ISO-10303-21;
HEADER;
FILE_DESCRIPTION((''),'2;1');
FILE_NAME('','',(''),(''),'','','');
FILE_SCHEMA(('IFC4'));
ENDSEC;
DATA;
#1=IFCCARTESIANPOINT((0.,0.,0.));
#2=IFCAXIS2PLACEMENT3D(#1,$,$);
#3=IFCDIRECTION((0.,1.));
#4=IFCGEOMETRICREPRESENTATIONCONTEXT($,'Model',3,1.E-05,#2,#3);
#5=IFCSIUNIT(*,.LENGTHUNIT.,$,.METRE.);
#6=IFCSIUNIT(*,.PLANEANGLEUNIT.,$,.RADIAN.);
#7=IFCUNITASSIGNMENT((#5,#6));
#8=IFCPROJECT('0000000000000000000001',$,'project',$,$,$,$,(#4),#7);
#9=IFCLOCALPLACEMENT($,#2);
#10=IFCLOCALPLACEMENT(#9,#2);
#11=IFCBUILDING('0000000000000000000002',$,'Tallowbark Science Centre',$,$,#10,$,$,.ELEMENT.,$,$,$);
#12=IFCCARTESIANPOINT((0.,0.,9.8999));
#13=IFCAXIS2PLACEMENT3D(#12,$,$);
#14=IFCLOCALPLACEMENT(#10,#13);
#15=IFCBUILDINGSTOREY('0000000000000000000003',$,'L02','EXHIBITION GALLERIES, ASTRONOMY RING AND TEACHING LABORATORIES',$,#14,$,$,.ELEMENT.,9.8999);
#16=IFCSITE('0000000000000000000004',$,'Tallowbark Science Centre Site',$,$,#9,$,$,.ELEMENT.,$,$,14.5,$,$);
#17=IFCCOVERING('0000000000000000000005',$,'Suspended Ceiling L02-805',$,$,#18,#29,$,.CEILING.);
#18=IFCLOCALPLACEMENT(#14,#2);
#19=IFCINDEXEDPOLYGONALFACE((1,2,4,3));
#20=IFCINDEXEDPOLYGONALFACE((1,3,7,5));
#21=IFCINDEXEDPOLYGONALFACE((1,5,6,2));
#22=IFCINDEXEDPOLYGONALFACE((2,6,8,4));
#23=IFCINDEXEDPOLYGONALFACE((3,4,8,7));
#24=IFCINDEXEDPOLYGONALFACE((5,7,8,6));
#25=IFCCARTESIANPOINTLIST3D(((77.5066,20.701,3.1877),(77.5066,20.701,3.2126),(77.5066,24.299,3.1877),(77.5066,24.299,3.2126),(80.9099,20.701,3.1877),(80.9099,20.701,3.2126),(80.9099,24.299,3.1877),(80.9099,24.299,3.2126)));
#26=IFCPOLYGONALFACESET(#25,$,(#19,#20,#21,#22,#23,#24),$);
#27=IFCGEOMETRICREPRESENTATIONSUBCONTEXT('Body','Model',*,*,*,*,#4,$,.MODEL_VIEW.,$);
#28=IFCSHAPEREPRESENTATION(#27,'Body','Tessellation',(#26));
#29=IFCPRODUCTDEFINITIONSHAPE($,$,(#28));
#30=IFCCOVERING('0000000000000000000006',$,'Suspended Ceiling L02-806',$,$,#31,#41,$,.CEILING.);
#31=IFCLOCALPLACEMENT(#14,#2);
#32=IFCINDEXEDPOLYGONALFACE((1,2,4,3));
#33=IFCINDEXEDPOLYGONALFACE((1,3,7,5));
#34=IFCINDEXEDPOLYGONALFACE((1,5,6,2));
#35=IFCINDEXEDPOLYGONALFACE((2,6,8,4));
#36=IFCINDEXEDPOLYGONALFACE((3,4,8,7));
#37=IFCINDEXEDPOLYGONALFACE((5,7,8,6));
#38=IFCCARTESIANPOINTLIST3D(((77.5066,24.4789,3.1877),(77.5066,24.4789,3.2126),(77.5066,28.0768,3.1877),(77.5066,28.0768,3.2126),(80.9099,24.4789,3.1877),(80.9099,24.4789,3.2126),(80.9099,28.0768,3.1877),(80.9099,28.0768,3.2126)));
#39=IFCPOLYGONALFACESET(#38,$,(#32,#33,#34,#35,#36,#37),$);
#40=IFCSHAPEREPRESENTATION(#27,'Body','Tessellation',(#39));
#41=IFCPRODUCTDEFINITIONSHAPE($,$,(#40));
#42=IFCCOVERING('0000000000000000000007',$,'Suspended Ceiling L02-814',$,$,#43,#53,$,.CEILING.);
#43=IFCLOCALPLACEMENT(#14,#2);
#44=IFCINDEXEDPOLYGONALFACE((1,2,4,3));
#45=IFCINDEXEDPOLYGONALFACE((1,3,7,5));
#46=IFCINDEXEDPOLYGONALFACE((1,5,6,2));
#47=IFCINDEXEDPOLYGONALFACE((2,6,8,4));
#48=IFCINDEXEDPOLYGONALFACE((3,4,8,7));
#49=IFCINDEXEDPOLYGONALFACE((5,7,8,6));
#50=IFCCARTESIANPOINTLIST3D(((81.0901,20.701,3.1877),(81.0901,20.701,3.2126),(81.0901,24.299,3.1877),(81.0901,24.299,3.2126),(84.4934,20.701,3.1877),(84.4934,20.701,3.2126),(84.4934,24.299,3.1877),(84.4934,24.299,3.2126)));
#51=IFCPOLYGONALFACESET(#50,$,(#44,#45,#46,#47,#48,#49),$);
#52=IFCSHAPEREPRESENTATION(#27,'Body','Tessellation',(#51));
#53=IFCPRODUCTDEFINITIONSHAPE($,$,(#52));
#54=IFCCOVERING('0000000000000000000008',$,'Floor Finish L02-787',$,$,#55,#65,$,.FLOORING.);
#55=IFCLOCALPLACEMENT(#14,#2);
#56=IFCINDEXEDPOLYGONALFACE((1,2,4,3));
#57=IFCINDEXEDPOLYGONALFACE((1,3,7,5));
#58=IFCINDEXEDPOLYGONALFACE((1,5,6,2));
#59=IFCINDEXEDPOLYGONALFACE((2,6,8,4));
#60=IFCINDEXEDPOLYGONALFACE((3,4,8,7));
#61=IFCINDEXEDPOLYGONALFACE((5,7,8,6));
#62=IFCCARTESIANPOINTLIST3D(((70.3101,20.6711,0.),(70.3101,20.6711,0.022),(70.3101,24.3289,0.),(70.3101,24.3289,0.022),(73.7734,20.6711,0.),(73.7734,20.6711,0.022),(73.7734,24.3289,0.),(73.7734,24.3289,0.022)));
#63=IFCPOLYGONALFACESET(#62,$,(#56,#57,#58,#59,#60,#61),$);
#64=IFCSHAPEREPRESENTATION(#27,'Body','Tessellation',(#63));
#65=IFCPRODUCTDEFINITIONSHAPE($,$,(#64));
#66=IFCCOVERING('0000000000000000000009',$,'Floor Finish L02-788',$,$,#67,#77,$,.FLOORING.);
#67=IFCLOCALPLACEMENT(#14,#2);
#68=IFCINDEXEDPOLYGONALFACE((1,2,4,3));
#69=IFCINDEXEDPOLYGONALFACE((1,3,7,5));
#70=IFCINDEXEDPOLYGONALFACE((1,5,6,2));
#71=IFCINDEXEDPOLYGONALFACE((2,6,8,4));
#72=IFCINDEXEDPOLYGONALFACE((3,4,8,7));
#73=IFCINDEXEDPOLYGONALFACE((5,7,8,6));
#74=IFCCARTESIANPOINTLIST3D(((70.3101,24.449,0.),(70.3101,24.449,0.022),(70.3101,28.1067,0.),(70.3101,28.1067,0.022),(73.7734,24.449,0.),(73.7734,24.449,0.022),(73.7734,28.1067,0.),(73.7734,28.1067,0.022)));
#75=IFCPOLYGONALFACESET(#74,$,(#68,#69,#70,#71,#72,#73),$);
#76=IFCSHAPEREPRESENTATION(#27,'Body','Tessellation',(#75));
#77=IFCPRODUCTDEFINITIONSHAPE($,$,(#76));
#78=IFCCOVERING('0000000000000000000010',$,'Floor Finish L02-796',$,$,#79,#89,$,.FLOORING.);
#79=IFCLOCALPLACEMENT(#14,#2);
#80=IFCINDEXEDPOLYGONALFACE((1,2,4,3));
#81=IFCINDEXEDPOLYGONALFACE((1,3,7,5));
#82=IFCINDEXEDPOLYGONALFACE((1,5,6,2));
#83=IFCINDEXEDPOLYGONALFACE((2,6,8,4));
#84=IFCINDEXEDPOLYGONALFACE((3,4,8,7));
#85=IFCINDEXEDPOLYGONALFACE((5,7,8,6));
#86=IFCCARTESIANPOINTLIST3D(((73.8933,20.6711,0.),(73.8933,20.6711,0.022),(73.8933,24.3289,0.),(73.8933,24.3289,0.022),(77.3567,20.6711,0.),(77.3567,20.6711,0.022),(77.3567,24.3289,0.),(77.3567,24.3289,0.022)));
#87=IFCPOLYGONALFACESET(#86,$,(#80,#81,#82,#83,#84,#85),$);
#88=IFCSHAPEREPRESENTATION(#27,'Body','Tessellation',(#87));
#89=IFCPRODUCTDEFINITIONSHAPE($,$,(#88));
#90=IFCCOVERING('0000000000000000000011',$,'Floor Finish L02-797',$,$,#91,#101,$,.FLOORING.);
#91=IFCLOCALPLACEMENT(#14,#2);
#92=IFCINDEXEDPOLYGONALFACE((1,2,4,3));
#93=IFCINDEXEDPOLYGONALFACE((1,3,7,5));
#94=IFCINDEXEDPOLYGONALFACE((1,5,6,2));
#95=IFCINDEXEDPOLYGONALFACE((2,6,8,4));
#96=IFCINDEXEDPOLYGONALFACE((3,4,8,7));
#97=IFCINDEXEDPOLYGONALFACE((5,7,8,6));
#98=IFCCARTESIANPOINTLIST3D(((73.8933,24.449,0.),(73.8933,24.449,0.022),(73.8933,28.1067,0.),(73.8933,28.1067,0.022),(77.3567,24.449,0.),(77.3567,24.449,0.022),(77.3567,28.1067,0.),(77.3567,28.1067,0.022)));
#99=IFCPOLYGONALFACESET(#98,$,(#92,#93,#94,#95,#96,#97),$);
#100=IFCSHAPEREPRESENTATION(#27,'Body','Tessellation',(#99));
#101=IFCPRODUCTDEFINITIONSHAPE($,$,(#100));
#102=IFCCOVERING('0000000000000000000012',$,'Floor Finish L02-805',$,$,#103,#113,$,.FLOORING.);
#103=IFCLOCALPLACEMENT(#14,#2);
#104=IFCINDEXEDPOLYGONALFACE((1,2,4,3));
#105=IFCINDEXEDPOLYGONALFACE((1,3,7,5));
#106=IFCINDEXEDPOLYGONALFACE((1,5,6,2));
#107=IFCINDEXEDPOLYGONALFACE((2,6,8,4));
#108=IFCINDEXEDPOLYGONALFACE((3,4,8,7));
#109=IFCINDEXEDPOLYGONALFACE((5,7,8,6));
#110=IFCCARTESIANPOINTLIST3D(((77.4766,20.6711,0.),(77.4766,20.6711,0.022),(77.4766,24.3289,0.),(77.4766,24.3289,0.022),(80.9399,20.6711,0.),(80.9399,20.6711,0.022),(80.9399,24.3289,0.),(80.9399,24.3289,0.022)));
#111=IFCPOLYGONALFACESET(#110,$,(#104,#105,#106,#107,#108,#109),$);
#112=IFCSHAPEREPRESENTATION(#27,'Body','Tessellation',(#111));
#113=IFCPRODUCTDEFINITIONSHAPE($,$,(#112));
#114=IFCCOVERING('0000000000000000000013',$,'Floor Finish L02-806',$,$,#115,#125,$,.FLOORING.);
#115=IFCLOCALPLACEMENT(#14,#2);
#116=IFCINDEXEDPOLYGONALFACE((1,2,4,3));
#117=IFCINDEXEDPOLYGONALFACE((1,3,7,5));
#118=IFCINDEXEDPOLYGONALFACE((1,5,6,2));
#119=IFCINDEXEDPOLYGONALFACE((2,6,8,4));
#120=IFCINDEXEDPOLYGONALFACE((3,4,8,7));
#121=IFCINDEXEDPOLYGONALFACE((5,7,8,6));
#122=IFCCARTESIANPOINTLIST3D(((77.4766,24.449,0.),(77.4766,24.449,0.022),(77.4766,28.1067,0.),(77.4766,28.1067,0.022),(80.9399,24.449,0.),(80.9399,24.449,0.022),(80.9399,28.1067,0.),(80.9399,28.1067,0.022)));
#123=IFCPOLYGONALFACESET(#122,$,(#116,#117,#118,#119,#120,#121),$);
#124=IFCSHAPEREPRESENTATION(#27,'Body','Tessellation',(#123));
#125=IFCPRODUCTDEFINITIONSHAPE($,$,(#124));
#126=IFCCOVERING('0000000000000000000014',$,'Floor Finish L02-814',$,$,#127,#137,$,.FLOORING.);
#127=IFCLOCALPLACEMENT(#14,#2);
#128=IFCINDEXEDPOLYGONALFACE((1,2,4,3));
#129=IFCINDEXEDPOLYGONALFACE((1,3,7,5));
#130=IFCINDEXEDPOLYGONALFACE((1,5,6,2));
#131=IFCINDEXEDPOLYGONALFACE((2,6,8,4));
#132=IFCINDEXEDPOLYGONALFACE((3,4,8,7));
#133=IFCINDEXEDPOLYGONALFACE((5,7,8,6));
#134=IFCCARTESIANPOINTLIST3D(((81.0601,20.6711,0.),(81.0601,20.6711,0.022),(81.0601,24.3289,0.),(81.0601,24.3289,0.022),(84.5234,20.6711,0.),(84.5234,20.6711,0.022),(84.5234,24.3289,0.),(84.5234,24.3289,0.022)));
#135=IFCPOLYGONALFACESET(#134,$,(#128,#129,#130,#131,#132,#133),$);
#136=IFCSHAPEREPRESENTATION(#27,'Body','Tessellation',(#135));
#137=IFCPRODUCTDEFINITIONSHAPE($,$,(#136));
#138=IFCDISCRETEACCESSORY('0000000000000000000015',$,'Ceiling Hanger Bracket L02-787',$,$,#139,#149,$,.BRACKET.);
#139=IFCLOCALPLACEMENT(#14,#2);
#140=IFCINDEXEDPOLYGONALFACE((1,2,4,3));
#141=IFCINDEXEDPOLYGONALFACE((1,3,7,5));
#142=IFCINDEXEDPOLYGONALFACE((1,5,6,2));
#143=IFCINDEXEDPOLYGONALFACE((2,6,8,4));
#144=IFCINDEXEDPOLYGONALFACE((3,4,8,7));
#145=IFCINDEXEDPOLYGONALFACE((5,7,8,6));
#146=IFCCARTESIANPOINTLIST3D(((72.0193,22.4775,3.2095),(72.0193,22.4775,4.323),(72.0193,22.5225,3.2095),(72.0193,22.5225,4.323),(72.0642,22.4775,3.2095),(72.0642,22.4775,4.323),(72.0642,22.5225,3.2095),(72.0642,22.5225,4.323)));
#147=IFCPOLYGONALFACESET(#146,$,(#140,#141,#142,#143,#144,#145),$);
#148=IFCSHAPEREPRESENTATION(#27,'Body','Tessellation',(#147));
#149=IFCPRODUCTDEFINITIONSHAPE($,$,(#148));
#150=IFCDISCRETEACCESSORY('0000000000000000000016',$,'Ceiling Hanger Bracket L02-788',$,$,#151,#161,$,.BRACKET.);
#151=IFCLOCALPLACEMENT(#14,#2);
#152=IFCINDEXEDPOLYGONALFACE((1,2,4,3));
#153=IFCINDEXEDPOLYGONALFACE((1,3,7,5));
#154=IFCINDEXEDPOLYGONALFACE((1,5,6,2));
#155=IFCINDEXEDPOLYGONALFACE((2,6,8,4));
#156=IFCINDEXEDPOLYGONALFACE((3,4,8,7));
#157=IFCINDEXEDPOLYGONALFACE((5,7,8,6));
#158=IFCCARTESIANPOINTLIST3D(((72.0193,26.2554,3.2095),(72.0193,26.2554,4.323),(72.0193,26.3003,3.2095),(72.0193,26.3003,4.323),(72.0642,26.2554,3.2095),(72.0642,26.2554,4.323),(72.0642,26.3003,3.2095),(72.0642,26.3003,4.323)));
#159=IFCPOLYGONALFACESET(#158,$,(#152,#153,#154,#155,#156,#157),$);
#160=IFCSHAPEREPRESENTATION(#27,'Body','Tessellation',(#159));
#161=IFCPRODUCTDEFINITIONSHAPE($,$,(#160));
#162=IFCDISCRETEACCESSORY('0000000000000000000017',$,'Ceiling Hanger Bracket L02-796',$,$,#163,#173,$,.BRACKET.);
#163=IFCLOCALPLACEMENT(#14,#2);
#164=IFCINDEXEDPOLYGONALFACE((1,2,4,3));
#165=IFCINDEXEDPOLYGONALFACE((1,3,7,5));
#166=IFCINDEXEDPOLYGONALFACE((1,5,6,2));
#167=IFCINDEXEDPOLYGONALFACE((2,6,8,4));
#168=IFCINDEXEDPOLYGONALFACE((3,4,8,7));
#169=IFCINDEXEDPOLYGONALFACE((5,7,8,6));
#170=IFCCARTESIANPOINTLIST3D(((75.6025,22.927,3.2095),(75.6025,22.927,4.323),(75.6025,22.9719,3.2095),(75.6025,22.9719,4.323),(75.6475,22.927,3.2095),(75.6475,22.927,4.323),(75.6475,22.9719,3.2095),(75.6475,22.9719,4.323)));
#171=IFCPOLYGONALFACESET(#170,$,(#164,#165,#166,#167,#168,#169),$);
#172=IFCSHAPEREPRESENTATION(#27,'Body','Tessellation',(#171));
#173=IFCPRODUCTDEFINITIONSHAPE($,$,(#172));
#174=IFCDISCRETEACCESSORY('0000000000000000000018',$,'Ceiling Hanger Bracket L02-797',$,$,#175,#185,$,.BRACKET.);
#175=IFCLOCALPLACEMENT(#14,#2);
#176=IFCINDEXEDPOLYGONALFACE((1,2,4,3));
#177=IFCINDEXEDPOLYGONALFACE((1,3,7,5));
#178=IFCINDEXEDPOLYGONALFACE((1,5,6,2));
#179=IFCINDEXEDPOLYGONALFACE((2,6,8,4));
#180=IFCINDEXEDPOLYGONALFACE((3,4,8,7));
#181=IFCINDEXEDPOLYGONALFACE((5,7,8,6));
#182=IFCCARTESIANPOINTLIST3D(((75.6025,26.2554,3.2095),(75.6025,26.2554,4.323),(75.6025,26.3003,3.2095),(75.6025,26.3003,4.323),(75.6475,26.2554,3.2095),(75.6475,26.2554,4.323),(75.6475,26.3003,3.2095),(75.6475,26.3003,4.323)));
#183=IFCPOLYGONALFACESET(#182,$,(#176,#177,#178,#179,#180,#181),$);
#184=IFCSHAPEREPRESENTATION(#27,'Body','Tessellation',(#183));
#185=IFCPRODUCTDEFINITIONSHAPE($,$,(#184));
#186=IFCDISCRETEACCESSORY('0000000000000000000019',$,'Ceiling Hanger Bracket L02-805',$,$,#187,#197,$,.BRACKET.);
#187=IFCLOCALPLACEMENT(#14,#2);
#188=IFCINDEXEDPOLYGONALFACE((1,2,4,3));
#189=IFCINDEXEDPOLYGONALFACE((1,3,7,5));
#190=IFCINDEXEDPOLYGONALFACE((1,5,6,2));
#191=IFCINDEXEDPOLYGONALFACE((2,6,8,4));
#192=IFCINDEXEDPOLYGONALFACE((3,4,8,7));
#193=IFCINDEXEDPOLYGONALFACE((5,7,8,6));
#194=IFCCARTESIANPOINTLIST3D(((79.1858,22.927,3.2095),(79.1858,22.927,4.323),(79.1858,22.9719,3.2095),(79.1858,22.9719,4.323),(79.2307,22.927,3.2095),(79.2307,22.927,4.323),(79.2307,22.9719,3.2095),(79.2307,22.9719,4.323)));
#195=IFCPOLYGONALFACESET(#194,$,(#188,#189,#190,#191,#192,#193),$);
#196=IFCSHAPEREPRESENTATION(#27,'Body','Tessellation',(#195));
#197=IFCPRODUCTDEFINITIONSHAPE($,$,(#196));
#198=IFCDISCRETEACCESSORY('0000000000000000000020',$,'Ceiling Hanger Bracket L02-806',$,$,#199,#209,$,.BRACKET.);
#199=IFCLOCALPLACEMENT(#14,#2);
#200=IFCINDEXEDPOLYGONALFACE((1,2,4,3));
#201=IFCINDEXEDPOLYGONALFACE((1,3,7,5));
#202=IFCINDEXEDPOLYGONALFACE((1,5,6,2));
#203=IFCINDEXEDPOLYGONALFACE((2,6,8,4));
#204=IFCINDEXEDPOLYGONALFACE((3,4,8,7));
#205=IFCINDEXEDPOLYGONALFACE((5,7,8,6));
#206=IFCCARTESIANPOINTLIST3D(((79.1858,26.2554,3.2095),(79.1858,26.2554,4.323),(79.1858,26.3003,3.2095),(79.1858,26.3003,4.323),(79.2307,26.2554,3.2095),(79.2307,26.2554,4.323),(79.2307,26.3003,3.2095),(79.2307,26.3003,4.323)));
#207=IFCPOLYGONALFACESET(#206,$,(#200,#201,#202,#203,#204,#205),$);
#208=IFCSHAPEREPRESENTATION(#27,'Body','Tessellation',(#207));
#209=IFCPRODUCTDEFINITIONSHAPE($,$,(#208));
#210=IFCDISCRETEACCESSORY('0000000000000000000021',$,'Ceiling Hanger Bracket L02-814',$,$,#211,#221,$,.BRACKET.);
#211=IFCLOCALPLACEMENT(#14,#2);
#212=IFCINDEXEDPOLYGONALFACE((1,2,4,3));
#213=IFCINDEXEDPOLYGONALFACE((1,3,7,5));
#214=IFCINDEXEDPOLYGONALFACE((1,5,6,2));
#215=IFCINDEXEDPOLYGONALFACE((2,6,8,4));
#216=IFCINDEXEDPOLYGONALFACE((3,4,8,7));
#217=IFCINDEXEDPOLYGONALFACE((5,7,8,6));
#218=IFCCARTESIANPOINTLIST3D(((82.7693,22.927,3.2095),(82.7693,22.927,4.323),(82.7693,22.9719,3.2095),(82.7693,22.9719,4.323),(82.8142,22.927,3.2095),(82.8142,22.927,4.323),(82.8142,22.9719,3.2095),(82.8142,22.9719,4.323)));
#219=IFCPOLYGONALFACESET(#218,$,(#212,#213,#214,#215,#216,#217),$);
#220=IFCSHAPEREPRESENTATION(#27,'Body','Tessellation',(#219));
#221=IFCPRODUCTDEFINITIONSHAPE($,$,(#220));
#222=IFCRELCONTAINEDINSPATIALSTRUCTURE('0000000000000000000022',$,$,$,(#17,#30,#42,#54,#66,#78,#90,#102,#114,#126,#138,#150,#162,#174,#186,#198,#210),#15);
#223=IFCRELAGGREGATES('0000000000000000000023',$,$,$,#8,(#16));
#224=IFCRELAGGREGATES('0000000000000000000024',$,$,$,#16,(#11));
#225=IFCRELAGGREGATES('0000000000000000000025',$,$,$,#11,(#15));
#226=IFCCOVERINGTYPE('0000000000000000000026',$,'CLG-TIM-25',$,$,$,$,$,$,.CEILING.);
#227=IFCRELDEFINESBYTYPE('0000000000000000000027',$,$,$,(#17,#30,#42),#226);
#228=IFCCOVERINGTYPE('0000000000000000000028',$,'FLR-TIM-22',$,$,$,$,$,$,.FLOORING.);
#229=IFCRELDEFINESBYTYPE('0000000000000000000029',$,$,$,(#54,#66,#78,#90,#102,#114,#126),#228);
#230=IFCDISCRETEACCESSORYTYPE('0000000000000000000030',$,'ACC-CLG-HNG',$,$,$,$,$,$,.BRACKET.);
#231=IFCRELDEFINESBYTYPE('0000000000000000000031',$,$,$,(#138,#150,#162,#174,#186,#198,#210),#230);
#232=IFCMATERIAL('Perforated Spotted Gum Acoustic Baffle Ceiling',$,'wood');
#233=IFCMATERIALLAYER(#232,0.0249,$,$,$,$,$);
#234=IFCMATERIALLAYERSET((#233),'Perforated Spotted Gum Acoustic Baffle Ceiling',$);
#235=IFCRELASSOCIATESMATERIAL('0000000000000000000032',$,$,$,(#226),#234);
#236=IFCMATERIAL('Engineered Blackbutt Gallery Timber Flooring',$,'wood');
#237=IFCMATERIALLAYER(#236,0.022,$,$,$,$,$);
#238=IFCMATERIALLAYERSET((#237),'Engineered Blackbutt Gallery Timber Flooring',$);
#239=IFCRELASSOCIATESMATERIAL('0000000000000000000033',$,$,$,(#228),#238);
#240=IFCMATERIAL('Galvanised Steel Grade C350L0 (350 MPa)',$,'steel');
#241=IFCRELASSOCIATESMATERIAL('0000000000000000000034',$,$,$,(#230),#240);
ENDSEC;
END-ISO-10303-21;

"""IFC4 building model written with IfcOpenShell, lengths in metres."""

from ifc_helpers import new_model, si_unit, direction, frame, origin, origin_2d, place, context, subcontext, project, spatial, rectangle, extrude, material, layer, layer_set, type_object, element, save


model = new_model("IFC4")

# Units and contexts
model_context = context("Model", 3, precision=1e-05, world=origin(), true_north=direction((0.0, 1.0)))
body_context = subcontext(model_context, "Body", "Model", "MODEL_VIEW")
ifc_project = project(units=[si_unit("LENGTHUNIT", "METRE"), si_unit("PLANEANGLEUNIT", "RADIAN")], contexts=[model_context])

# Site, building, storey
site_placement = place(None, origin())
site = spatial("IfcSite", under=ifc_project, at=site_placement, Name="Tallowbark Science Centre Site", CompositionType="ELEMENT", RefElevation=14.5)
building_placement = place(site_placement, origin())
building = spatial("IfcBuilding", under=site, at=building_placement, Name="Tallowbark Science Centre", CompositionType="ELEMENT")
storey_placement = place(building_placement, frame((0.0, 0.0, 9.8999)))
storey = spatial("IfcBuildingStorey", under=building, at=storey_placement, Name="L02", Description="EXHIBITION GALLERIES, ASTRONOMY RING AND TEACHING LABORATORIES", CompositionType="ELEMENT", Elevation=9.8999)

# Coverings
ifc_material_1 = material(Name="Perforated Spotted Gum Acoustic Baffle Ceiling", Category="wood")
ifc_layer_1 = layer(ifc_material_1, 0.0249)
ifc_layer_set_1 = layer_set([ifc_layer_1], Name="Perforated Spotted Gum Acoustic Baffle Ceiling")
covering_type_1 = type_object("IfcCoveringType", Name="CLG-TIM-25", PredefinedType="CEILING", material=ifc_layer_set_1)
for number, where, z_axis, x_axis, name in (
    (1, (79.2083, 22.5, 3.1877), (0.0, 0.0, 1.0), (1.0, 0.0, 0.0), "Suspended Ceiling L02-805"),
    (2, (79.2083, 26.2778, 3.1877), (0.0, 0.0, 1.0), (1.0, 0.0, 0.0), "Suspended Ceiling L02-806"),
    (3, (82.7917, 22.5, 3.1877), (0.0, 0.0, 1.0), (1.0, 0.0, 0.0), "Suspended Ceiling L02-814"),
):
    element("IfcCovering", number, at=place(storey_placement, frame(where, z_axis=z_axis, x_axis=x_axis)), inside=storey, type_object=covering_type_1, Name=name, PredefinedType="CEILING", context=body_context, shape_type="SweptSolid", body=[
        extrude(rectangle(XDim=3.4033, YDim=3.5979, at=origin_2d()), origin(), (0.0, 0.0, 1.0), 0.0249),
    ])
ifc_material_2 = material(Name="Engineered Blackbutt Gallery Timber Flooring", Category="wood")
ifc_layer_2 = layer(ifc_material_2, 0.022)
ifc_layer_set_2 = layer_set([ifc_layer_2], Name="Engineered Blackbutt Gallery Timber Flooring")
covering_type_2 = type_object("IfcCoveringType", Name="FLR-TIM-22", PredefinedType="FLOORING", material=ifc_layer_set_2)
for number, where, z_axis, x_axis, name in (
    (4, (72.0417, 22.5, 0.0), (0.0, 0.0, 1.0), (1.0, 0.0, 0.0), "Floor Finish L02-787"),
    (5, (72.0417, 26.2778, 0.0), (0.0, 0.0, 1.0), (1.0, 0.0, 0.0), "Floor Finish L02-788"),
    (6, (75.625, 22.5, 0.0), (0.0, 0.0, 1.0), (1.0, 0.0, 0.0), "Floor Finish L02-796"),
    (7, (75.625, 26.2778, 0.0), (0.0, 0.0, 1.0), (1.0, 0.0, 0.0), "Floor Finish L02-797"),
    (8, (79.2083, 22.5, 0.0), (0.0, 0.0, 1.0), (1.0, 0.0, 0.0), "Floor Finish L02-805"),
    (9, (79.2083, 26.2778, 0.0), (0.0, 0.0, 1.0), (1.0, 0.0, 0.0), "Floor Finish L02-806"),
    (10, (82.7917, 22.5, 0.0), (0.0, 0.0, 1.0), (1.0, 0.0, 0.0), "Floor Finish L02-814"),
):
    element("IfcCovering", number, at=place(storey_placement, frame(where, z_axis=z_axis, x_axis=x_axis)), inside=storey, type_object=covering_type_2, Name=name, PredefinedType="FLOORING", context=body_context, shape_type="SweptSolid", body=[
        extrude(rectangle(XDim=3.4634, YDim=3.6577, at=origin_2d()), origin(), (0.0, 0.0, 1.0), 0.022),
    ])

# Discrete accessories
ifc_material_3 = material(Name="Galvanised Steel Grade C350L0 (350 MPa)", Category="steel")
discrete_accessory_type = type_object("IfcDiscreteAccessoryType", Name="ACC-CLG-HNG", PredefinedType="BRACKET", material=ifc_material_3)
for number, where, z_axis, x_axis, name in (
    (11, (72.0417, 22.5, 3.2095), (0.0, 0.0, 1.0), (1.0, 0.0, 0.0), "Ceiling Hanger Bracket L02-787"),
    (12, (72.0417, 26.2778, 3.2095), (0.0, 0.0, 1.0), (1.0, 0.0, 0.0), "Ceiling Hanger Bracket L02-788"),
    (13, (75.625, 22.9495, 3.2095), (0.0, 0.0, 1.0), (1.0, 0.0, 0.0), "Ceiling Hanger Bracket L02-796"),
    (14, (75.625, 26.2778, 3.2095), (0.0, 0.0, 1.0), (1.0, 0.0, 0.0), "Ceiling Hanger Bracket L02-797"),
    (15, (79.2083, 22.9495, 3.2095), (0.0, 0.0, 1.0), (1.0, 0.0, 0.0), "Ceiling Hanger Bracket L02-805"),
    (16, (79.2083, 26.2778, 3.2095), (0.0, 0.0, 1.0), (1.0, 0.0, 0.0), "Ceiling Hanger Bracket L02-806"),
    (17, (82.7917, 22.9495, 3.2095), (0.0, 0.0, 1.0), (1.0, 0.0, 0.0), "Ceiling Hanger Bracket L02-814"),
):
    element("IfcDiscreteAccessory", number, at=place(storey_placement, frame(where, z_axis=z_axis, x_axis=x_axis)), inside=storey, type_object=discrete_accessory_type, Name=name, PredefinedType="BRACKET", context=body_context, shape_type="SweptSolid", body=[
        extrude(rectangle(XDim=0.0449, YDim=0.0449, at=origin_2d()), origin(), (0.0, 0.0, 1.0), 1.1135),
    ])

save(model, "model.ifc")
